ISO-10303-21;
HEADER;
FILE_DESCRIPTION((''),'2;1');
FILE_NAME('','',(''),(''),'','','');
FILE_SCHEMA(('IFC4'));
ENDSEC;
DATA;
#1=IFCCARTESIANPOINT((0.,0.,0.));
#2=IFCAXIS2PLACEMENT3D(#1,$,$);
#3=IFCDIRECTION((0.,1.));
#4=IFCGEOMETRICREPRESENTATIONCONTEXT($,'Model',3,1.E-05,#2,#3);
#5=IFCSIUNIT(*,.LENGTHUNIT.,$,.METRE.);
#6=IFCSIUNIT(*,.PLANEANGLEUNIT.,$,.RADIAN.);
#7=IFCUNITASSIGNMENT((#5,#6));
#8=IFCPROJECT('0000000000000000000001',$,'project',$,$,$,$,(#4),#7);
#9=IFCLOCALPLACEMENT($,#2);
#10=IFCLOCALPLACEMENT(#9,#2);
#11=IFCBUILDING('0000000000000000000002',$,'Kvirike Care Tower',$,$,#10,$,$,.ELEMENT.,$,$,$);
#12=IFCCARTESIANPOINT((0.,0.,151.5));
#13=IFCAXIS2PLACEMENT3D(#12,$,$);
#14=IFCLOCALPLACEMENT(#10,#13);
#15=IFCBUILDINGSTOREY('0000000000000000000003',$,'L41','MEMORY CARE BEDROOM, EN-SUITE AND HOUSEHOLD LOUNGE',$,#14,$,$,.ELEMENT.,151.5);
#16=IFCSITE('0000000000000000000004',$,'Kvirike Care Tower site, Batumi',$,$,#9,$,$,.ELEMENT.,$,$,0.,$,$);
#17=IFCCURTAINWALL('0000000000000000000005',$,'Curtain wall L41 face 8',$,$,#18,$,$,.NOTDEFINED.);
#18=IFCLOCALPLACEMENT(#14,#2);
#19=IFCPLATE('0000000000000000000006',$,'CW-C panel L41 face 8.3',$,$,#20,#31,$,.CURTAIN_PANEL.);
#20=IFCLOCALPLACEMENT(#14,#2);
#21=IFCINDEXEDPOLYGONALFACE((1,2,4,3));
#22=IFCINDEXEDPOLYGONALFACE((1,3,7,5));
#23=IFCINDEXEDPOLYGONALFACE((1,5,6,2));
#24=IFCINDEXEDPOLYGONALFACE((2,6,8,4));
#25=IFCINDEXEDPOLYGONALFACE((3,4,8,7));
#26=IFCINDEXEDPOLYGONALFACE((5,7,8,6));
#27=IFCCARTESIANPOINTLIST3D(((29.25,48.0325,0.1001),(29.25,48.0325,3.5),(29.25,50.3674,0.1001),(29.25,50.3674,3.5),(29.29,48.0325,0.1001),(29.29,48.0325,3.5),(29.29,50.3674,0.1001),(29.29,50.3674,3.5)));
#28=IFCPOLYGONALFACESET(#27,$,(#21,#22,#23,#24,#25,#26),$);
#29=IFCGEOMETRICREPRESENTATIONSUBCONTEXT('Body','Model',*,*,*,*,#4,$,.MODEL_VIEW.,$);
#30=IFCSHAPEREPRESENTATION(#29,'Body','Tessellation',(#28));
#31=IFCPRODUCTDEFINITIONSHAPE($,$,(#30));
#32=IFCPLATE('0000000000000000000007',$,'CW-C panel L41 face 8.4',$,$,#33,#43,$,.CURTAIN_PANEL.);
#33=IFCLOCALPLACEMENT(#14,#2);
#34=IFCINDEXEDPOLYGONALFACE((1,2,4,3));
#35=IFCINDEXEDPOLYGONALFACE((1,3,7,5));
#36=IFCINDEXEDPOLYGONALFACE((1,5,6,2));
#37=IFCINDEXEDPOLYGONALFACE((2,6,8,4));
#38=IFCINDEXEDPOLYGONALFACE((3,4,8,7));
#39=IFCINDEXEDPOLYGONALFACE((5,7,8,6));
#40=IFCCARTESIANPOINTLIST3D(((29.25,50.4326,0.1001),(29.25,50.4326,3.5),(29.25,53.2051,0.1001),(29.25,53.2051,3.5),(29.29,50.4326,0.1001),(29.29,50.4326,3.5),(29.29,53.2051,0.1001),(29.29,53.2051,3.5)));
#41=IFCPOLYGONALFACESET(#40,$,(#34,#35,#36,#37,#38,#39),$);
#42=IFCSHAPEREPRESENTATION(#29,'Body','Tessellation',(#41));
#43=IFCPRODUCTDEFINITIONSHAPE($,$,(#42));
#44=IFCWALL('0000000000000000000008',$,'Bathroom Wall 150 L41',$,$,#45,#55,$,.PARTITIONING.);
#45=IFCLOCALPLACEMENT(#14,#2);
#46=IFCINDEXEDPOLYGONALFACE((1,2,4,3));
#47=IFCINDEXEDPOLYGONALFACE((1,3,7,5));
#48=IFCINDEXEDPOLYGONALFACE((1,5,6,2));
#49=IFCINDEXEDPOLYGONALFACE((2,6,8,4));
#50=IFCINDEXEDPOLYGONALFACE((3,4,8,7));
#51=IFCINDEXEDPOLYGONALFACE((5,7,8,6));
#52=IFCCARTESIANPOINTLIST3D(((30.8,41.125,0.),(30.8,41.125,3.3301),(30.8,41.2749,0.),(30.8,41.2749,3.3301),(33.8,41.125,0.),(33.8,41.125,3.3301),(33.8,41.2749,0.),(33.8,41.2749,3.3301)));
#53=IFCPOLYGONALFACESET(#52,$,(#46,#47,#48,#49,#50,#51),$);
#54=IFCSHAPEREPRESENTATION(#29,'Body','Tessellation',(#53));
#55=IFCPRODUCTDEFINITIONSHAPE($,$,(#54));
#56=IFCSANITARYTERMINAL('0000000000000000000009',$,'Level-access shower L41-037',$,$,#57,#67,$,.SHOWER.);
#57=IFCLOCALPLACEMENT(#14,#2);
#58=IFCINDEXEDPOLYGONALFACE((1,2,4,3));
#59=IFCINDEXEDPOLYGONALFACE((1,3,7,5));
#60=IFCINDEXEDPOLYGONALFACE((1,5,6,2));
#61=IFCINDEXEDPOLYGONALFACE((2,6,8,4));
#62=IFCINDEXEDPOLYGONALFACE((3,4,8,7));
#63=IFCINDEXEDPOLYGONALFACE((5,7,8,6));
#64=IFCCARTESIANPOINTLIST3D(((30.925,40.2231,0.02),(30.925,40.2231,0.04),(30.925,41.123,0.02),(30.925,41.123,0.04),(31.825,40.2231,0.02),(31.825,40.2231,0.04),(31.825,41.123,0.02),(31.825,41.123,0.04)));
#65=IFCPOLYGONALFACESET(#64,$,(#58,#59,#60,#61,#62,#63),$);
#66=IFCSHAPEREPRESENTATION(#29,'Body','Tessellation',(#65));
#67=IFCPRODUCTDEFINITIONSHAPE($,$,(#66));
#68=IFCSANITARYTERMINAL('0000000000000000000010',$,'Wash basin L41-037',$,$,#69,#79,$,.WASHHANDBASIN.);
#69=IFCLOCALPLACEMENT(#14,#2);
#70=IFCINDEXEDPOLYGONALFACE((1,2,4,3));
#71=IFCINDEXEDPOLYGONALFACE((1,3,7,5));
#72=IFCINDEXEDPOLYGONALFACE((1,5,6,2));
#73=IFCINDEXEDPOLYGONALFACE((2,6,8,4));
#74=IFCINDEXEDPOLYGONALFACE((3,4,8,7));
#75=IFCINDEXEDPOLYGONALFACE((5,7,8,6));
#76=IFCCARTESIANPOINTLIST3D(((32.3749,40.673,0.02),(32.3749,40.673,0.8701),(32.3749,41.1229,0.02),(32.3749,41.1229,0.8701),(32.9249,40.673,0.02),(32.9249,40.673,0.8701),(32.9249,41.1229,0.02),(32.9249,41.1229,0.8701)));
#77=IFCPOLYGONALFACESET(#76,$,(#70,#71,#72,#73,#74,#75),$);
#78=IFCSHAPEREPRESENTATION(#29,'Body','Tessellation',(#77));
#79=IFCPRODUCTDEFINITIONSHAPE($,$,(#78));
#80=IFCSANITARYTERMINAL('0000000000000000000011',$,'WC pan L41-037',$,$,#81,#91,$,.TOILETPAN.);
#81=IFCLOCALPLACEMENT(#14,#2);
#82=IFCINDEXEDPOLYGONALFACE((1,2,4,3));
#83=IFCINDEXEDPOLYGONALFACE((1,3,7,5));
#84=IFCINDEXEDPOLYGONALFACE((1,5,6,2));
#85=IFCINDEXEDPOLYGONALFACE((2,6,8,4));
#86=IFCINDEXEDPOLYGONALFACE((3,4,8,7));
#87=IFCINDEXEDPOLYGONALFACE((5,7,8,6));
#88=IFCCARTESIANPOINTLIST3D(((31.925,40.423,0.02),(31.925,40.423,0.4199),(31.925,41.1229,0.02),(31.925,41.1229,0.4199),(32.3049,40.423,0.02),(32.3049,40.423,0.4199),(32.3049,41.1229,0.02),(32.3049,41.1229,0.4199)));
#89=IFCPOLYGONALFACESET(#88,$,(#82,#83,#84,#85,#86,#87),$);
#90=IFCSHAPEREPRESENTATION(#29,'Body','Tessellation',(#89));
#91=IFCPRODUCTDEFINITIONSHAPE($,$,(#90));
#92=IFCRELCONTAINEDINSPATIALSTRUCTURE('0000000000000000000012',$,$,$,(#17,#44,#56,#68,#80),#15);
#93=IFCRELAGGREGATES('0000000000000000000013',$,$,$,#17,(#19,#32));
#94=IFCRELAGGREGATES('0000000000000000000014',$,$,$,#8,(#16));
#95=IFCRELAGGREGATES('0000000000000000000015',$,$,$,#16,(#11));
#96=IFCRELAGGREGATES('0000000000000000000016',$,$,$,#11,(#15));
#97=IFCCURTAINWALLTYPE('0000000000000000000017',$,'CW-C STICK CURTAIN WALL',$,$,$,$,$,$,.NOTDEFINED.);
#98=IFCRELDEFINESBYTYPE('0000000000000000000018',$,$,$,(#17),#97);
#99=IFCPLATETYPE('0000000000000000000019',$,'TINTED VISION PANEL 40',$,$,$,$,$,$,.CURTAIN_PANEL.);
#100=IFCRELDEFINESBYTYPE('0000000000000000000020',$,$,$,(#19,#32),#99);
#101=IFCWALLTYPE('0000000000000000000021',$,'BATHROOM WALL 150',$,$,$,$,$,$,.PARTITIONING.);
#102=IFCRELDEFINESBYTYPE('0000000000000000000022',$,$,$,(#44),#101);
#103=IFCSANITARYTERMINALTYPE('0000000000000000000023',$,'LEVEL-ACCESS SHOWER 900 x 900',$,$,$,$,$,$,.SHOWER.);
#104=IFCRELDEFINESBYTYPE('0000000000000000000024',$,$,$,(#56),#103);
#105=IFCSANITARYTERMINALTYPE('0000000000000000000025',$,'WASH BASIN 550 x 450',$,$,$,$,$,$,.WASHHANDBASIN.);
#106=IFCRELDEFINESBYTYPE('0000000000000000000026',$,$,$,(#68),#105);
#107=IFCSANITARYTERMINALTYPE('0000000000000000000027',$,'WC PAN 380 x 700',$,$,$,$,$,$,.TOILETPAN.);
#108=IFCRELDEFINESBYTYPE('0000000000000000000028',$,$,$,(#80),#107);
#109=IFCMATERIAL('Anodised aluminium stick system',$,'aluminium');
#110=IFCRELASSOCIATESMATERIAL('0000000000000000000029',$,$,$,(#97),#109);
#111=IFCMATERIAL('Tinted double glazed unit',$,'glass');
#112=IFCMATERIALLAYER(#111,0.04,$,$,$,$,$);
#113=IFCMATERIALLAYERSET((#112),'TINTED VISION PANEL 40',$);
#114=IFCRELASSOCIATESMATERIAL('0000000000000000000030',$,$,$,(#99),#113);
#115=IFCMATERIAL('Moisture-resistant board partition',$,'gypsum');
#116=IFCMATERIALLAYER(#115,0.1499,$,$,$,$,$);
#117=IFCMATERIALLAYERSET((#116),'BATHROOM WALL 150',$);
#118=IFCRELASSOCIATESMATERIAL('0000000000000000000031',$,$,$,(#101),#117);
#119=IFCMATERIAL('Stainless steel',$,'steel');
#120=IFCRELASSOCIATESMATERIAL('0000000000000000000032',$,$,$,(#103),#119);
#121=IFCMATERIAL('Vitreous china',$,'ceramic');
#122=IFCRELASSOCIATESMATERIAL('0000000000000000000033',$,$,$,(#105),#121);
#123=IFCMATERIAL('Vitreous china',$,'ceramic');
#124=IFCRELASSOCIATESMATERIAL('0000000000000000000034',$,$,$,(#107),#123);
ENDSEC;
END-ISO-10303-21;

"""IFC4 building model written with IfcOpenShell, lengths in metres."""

from ifc_helpers import new_model, si_unit, direction, frame, frame_2d, origin, origin_2d, place, context, subcontext, project, spatial, rectangle, extrude, material, layer, layer_set, type_object, element, aggregate, save


model = new_model("IFC4")

# Units and contexts
model_context = context("Model", 3, precision=1e-05, world=origin(), true_north=direction((0.0, 1.0)))
body_context = subcontext(model_context, "Body", "Model", "MODEL_VIEW")
ifc_project = project(units=[si_unit("LENGTHUNIT", "METRE"), si_unit("PLANEANGLEUNIT", "RADIAN")], contexts=[model_context])

# Site, building, storey
site_placement = place(None, origin())
site = spatial("IfcSite", under=ifc_project, at=site_placement, Name="Kvirike Care Tower site, Batumi", CompositionType="ELEMENT", RefElevation=0.0)
building_placement = place(site_placement, origin())
building = spatial("IfcBuilding", under=site, at=building_placement, Name="Kvirike Care Tower", CompositionType="ELEMENT")
storey_placement = place(building_placement, frame((0.0, 0.0, 151.5)))
storey = spatial("IfcBuildingStorey", under=building, at=storey_placement, Name="L41", Description="MEMORY CARE BEDROOM, EN-SUITE AND HOUSEHOLD LOUNGE", CompositionType="ELEMENT", Elevation=151.5)

# Curtain wall
ifc_material_1 = material(Name="Anodised aluminium stick system", Category="aluminium")
curtain_wall_type = type_object("IfcCurtainWallType", Name="CW-C STICK CURTAIN WALL", PredefinedType="NOTDEFINED", material=ifc_material_1)
curtain_wall_1_placement = place(storey_placement, origin())
curtain_wall_1 = element("IfcCurtainWall", 1, at=curtain_wall_1_placement, inside=storey, type_object=curtain_wall_type, Name="Curtain wall L41 face 8", PredefinedType="NOTDEFINED")

# Plates
ifc_material_2 = material(Name="Tinted double glazed unit", Category="glass")
ifc_layer_1 = layer(ifc_material_2, 0.04)
ifc_layer_set_1 = layer_set([ifc_layer_1], Name="TINTED VISION PANEL 40")
plate_type = type_object("IfcPlateType", Name="TINTED VISION PANEL 40", PredefinedType="CURTAIN_PANEL", material=ifc_layer_set_1)
plate_1_placement = place(storey_placement, frame((29.27, 49.2, 0.1001), z_axis=(0.0, 0.0, 1.0), x_axis=(0.0, 1.0, 0.0)))
plate_1 = element("IfcPlate", 2, at=plate_1_placement, type_object=plate_type, Name="CW-C panel L41 face 8.3", PredefinedType="CURTAIN_PANEL", context=body_context, shape_type="SweptSolid", body=[
    extrude(rectangle(XDim=2.335, YDim=0.04, at=origin_2d()), origin(), (0.0, 0.0, 1.0), 3.3999),
])
plate_2_placement = place(storey_placement, frame((29.27, 51.8188, 0.1001), z_axis=(0.0, 0.0, 1.0), x_axis=(0.0, 1.0, 0.0)))
plate_2 = element("IfcPlate", 3, at=plate_2_placement, type_object=plate_type, Name="CW-C panel L41 face 8.4", PredefinedType="CURTAIN_PANEL", context=body_context, shape_type="SweptSolid", body=[
    extrude(rectangle(XDim=2.7725, YDim=0.04, at=origin_2d()), origin(), (0.0, 0.0, 1.0), 3.3999),
])
aggregate(curtain_wall_1, [plate_1, plate_2])

# Wall
ifc_material_3 = material(Name="Moisture-resistant board partition", Category="gypsum")
ifc_layer_2 = layer(ifc_material_3, 0.1499)
ifc_layer_set_2 = layer_set([ifc_layer_2], Name="BATHROOM WALL 150")
wall_type = type_object("IfcWallType", Name="BATHROOM WALL 150", PredefinedType="PARTITIONING", material=ifc_layer_set_2)
wall_placement = place(storey_placement, frame((33.8, 41.2, 0.0), z_axis=(0.0, 0.0, 1.0), x_axis=(-1.0, 0.0, 0.0)))
element("IfcWall", 4, at=wall_placement, inside=storey, type_object=wall_type, Name="Bathroom Wall 150 L41", PredefinedType="PARTITIONING", context=body_context, shape_type="SweptSolid", body=[
    extrude(rectangle(XDim=3.0, YDim=0.1499, at=frame_2d((1.5, 0.0))), origin(), (0.0, 0.0, 1.0), 3.3301),
])

# Sanitary terminals
ifc_material_4 = material(Name="Stainless steel", Category="steel")
sanitary_terminal_type_1 = type_object("IfcSanitaryTerminalType", Name="LEVEL-ACCESS SHOWER 900 x 900", PredefinedType="SHOWER", material=ifc_material_4)
sanitary_terminal_1_placement = place(storey_placement, frame((31.375, 40.6731, 0.02), z_axis=(0.0, 0.0, 1.0), x_axis=(1.0, 0.0, 0.0)))
element("IfcSanitaryTerminal", 5, at=sanitary_terminal_1_placement, inside=storey, type_object=sanitary_terminal_type_1, Name="Level-access shower L41-037", PredefinedType="SHOWER", context=body_context, shape_type="SweptSolid", body=[
    extrude(rectangle(XDim=0.8999, YDim=0.8999, at=origin_2d()), origin(), (0.0, 0.0, 1.0), 0.02),
])
ifc_material_5 = material(Name="Vitreous china", Category="ceramic")
sanitary_terminal_type_2 = type_object("IfcSanitaryTerminalType", Name="WASH BASIN 550 x 450", PredefinedType="WASHHANDBASIN", material=ifc_material_5)
sanitary_terminal_2_placement = place(storey_placement, frame((32.6499, 40.8979, 0.02), z_axis=(0.0, 0.0, 1.0), x_axis=(1.0, 0.0, 0.0)))
element("IfcSanitaryTerminal", 6, at=sanitary_terminal_2_placement, inside=storey, type_object=sanitary_terminal_type_2, Name="Wash basin L41-037", PredefinedType="WASHHANDBASIN", context=body_context, shape_type="SweptSolid", body=[
    extrude(rectangle(XDim=0.55, YDim=0.45, at=origin_2d()), origin(), (0.0, 0.0, 1.0), 0.8501),
])
ifc_material_6 = material(Name="Vitreous china", Category="ceramic")
sanitary_terminal_type_3 = type_object("IfcSanitaryTerminalType", Name="WC PAN 380 x 700", PredefinedType="TOILETPAN", material=ifc_material_6)
sanitary_terminal_3_placement = place(storey_placement, frame((32.115, 40.7729, 0.02), z_axis=(0.0, 0.0, 1.0), x_axis=(1.0, 0.0, 0.0)))
element("IfcSanitaryTerminal", 7, at=sanitary_terminal_3_placement, inside=storey, type_object=sanitary_terminal_type_3, Name="WC pan L41-037", PredefinedType="TOILETPAN", context=body_context, shape_type="SweptSolid", body=[
    extrude(rectangle(XDim=0.3799, YDim=0.7, at=origin_2d()), origin(), (0.0, 0.0, 1.0), 0.3999),
])

save(model, "model.ifc")
